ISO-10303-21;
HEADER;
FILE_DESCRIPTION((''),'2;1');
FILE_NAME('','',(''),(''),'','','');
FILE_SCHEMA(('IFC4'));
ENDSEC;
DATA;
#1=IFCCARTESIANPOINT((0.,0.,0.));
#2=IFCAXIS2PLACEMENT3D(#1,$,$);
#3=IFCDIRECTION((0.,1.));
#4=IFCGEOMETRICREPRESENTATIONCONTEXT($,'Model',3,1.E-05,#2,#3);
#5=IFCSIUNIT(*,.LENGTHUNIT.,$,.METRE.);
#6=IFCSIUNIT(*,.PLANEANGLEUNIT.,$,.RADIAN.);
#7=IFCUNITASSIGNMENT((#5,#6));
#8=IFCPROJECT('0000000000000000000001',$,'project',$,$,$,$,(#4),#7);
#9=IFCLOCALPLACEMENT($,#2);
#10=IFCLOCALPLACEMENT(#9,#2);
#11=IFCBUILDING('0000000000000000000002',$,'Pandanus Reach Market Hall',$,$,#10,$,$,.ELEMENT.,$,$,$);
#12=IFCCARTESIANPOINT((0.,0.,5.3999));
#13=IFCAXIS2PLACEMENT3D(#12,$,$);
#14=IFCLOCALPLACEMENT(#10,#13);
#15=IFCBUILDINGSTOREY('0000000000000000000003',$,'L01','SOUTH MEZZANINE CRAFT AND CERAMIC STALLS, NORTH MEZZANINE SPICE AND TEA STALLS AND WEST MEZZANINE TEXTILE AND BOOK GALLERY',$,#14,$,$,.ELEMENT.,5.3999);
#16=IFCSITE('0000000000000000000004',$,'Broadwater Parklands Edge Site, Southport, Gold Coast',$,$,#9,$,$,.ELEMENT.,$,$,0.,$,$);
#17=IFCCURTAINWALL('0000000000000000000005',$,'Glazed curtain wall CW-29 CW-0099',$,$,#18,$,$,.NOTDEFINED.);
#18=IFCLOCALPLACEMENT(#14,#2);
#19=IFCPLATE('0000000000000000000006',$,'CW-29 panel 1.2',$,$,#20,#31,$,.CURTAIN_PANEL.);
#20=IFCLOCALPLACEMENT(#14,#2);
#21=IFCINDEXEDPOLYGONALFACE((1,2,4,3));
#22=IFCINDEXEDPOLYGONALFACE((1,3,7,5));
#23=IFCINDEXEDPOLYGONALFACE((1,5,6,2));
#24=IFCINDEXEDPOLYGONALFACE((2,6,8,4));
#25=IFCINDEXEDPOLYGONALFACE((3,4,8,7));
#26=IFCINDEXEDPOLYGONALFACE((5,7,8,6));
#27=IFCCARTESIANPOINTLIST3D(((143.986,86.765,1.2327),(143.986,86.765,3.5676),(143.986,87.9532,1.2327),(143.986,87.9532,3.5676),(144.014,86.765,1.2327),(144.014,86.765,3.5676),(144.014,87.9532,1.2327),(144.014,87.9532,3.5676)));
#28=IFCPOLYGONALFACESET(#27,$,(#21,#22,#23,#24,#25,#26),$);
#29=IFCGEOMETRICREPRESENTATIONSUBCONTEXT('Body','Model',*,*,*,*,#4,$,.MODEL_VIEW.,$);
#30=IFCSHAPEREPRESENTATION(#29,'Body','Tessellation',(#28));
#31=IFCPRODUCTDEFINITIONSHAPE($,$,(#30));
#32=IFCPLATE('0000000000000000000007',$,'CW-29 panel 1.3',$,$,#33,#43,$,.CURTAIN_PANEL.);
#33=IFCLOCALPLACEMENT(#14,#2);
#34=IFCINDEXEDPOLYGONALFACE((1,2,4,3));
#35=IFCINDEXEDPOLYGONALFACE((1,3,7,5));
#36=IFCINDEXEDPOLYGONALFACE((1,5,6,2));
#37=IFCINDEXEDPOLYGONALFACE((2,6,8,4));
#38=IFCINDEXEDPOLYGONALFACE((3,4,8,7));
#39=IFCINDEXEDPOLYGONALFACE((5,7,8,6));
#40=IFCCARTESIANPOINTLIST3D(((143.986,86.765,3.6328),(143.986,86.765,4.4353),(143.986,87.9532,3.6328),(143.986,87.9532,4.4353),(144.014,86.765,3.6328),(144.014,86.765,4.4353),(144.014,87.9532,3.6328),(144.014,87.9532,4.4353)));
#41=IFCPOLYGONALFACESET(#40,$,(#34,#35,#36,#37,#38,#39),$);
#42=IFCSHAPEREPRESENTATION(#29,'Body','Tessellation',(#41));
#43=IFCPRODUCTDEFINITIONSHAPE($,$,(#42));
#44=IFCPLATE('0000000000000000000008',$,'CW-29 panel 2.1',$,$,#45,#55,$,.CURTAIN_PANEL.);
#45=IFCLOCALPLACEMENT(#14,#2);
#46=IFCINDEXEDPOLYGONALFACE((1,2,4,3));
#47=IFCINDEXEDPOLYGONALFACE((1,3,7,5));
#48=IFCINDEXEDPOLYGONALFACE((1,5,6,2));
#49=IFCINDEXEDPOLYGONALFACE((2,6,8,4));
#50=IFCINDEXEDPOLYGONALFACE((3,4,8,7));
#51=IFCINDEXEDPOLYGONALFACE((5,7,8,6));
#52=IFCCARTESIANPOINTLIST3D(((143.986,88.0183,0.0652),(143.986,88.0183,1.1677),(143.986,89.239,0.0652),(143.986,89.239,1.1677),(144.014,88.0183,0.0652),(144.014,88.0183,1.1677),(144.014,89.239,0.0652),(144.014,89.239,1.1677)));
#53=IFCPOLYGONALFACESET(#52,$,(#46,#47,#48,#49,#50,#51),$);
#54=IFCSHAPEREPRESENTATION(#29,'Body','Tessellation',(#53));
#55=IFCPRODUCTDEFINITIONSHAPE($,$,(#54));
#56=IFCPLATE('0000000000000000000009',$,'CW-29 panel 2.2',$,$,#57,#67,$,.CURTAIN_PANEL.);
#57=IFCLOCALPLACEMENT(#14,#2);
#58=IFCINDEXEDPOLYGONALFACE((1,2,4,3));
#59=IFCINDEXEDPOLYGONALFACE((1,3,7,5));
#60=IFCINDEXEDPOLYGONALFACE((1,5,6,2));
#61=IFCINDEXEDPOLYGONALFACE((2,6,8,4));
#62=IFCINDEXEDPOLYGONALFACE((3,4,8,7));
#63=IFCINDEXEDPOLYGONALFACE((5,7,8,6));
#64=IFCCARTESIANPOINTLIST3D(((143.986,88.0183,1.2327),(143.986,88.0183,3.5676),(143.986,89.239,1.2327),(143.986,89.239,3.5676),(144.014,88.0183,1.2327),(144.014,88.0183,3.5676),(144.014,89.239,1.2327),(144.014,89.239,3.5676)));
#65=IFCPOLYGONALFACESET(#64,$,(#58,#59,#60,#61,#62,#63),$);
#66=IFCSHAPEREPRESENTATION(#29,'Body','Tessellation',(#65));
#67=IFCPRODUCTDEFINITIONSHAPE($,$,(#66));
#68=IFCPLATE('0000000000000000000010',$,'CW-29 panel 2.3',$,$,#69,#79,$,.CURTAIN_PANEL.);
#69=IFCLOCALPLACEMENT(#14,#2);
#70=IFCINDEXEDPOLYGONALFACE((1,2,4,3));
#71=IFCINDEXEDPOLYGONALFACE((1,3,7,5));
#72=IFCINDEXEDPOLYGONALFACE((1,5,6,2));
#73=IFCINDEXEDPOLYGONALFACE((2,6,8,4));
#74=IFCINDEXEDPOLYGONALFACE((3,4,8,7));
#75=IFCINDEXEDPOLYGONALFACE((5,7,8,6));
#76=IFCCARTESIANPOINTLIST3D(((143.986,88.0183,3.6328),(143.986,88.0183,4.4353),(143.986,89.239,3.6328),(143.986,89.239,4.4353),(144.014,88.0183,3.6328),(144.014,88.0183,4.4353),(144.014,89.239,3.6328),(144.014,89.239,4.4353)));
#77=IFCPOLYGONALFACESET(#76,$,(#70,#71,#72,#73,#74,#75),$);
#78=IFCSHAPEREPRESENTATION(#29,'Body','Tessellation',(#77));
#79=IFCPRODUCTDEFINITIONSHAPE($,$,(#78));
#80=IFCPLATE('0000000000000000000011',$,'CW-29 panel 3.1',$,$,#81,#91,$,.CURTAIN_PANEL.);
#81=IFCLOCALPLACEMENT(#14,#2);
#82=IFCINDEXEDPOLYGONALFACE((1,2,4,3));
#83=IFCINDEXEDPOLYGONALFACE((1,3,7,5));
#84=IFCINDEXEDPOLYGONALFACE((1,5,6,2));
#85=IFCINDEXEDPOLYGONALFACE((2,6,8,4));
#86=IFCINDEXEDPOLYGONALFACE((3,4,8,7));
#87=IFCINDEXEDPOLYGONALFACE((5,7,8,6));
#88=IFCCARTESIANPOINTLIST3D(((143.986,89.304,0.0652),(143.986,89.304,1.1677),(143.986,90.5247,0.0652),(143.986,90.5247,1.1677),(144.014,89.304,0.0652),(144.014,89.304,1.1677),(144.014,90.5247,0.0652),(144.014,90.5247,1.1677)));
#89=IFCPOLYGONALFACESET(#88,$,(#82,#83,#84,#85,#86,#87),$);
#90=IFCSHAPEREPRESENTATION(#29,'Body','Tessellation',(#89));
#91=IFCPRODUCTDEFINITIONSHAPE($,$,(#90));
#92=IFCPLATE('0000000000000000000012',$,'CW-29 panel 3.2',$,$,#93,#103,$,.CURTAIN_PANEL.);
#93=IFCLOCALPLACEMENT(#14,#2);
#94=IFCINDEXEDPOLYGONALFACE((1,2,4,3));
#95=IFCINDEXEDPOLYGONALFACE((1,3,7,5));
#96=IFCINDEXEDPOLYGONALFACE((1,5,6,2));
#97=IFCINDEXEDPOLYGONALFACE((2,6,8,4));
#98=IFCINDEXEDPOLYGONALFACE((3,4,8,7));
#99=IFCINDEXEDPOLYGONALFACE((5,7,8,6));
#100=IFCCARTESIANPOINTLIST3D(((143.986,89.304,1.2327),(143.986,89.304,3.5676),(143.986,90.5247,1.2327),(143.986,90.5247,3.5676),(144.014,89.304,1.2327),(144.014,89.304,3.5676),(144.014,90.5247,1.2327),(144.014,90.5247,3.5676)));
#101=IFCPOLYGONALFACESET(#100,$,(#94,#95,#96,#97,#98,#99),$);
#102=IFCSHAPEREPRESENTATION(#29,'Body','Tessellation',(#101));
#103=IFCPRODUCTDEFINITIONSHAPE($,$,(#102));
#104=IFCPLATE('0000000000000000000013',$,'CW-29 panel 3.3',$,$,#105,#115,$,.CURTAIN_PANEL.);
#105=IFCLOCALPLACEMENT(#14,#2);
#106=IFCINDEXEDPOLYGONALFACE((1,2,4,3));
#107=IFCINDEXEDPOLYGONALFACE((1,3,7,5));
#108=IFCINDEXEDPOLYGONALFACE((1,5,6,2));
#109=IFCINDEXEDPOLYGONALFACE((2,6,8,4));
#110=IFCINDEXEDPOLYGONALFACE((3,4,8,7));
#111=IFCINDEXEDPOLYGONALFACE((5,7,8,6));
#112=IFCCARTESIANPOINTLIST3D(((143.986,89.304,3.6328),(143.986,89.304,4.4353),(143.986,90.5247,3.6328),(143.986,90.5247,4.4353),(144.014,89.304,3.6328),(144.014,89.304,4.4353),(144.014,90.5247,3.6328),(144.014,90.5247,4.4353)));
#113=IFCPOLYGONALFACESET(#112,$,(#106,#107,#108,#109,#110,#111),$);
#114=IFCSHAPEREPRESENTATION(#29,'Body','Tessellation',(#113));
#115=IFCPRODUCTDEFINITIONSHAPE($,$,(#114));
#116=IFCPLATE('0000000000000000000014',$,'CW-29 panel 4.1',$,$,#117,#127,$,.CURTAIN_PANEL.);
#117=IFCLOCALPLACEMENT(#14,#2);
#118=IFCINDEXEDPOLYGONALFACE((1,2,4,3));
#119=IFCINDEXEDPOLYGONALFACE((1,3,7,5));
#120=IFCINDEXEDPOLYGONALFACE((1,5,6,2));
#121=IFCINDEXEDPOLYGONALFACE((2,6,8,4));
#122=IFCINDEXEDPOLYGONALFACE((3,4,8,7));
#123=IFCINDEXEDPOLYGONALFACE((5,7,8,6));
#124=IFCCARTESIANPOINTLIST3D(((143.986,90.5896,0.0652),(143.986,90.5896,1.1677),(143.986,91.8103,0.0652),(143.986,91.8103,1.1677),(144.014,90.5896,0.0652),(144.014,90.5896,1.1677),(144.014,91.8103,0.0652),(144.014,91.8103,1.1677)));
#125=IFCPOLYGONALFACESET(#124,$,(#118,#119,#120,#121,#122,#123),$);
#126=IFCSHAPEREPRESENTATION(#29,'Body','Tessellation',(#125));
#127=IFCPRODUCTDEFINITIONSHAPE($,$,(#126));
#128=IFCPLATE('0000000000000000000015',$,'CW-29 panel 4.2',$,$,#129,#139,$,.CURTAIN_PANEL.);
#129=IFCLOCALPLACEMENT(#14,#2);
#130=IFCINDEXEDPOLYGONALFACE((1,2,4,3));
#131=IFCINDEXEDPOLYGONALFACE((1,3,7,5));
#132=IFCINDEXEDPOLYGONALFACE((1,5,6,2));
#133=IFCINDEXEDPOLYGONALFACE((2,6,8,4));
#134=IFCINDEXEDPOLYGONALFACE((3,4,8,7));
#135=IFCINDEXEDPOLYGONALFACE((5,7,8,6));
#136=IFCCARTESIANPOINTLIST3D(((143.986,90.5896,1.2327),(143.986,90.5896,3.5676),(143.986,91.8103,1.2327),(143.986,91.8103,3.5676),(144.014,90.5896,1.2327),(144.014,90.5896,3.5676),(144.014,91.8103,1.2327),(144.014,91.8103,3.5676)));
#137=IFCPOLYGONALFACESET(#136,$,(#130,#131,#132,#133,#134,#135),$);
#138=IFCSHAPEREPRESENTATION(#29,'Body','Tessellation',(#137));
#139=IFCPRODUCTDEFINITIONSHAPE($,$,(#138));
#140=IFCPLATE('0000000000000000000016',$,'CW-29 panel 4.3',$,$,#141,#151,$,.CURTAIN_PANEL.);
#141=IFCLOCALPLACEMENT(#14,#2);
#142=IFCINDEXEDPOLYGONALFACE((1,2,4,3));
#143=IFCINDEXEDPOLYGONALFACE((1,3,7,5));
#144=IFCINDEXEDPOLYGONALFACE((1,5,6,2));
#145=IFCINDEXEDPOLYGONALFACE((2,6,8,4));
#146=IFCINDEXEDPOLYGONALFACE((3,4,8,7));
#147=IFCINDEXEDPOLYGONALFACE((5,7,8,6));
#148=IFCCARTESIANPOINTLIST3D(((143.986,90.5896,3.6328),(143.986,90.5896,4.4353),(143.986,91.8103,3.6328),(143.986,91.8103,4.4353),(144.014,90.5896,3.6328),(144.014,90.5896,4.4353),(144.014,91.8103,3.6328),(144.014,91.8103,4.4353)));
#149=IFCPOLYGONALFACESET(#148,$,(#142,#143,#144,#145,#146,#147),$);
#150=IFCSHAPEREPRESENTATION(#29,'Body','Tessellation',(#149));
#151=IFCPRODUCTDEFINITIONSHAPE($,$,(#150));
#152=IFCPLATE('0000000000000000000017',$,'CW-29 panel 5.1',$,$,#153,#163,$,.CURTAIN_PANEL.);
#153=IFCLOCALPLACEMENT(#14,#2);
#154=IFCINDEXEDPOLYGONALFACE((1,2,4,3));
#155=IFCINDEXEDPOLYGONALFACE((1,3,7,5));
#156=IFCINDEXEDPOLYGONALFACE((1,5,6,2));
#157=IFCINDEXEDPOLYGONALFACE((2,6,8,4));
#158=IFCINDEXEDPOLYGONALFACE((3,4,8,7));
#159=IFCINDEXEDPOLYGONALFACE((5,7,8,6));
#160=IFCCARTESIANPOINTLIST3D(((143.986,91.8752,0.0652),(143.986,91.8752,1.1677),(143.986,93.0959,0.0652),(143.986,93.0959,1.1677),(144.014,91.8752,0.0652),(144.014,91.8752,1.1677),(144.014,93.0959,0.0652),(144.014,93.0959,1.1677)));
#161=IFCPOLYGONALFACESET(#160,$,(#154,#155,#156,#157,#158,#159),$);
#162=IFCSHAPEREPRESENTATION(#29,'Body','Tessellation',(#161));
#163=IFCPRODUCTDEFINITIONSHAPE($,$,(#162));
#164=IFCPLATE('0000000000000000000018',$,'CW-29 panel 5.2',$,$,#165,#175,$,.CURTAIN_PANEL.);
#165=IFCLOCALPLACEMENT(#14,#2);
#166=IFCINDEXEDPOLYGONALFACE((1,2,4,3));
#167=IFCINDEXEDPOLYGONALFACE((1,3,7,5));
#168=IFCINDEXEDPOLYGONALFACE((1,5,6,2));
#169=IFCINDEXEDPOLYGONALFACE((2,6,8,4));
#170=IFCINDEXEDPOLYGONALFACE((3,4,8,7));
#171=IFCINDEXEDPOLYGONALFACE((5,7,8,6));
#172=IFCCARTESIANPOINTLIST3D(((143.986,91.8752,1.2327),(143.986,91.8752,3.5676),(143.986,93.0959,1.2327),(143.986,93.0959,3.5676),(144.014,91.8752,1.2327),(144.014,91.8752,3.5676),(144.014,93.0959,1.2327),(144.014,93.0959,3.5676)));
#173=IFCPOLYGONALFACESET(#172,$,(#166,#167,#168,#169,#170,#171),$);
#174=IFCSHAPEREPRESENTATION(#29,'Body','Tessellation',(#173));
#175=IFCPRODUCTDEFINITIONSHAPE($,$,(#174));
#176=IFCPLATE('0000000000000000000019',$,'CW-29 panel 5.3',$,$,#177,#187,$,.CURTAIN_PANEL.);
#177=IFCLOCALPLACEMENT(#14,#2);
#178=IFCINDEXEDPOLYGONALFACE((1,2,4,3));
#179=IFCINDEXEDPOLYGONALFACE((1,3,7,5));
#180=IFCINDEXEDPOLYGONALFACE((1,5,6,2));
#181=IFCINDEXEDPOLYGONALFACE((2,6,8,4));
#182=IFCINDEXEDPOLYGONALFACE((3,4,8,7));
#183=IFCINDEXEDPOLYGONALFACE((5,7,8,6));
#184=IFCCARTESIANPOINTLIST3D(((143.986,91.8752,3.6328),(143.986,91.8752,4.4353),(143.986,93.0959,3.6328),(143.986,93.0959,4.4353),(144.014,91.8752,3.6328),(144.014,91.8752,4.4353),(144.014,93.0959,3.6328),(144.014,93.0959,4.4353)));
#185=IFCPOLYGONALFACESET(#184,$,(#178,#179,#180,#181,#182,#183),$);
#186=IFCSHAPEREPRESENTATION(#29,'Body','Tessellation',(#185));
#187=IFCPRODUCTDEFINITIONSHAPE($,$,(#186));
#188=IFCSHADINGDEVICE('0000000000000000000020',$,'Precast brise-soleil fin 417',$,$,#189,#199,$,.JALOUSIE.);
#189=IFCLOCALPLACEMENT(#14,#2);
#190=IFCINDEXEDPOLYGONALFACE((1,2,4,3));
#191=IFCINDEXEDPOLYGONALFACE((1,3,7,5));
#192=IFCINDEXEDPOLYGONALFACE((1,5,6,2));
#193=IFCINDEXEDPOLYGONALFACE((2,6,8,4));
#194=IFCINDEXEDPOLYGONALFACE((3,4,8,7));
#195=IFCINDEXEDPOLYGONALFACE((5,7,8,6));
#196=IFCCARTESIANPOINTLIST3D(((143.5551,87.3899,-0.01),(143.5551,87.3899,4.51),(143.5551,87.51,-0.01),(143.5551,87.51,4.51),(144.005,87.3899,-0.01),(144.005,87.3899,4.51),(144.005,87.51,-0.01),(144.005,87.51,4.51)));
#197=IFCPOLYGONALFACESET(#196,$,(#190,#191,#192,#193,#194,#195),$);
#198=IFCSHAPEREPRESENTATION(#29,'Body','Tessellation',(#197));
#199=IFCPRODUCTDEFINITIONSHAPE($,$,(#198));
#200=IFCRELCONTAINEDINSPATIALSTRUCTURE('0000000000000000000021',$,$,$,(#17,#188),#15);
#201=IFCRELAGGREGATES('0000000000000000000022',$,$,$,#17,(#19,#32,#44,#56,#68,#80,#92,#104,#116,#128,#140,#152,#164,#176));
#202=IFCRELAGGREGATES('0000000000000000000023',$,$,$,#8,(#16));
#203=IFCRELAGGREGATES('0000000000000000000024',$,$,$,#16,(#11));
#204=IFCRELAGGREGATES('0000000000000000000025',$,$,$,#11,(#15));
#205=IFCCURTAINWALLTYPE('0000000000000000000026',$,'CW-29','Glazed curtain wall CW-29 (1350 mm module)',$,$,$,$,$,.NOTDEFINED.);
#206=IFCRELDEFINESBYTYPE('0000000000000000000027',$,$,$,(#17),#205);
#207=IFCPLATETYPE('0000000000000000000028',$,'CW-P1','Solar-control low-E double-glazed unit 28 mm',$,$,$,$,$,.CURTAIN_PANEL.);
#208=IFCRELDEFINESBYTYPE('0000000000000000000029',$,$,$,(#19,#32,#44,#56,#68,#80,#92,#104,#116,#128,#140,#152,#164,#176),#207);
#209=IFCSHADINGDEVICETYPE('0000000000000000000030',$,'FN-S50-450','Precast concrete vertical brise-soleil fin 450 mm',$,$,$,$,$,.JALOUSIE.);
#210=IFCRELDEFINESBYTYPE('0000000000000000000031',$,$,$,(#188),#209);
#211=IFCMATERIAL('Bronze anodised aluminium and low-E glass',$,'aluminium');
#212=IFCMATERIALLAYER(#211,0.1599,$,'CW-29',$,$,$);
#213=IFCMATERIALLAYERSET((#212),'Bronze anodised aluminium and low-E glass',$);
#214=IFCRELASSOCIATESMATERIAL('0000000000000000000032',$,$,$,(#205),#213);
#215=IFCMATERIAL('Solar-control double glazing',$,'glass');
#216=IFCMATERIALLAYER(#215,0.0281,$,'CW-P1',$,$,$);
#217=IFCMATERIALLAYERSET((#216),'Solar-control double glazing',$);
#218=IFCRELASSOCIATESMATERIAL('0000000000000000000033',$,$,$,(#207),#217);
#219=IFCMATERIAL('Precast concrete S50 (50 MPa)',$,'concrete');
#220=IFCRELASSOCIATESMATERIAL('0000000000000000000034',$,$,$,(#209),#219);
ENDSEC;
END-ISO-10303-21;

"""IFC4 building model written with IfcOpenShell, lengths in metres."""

from ifc_helpers import new_model, si_unit, direction, frame, origin, origin_2d, place, context, subcontext, project, spatial, rectangle, extrude, material, layer, layer_set, type_object, element, aggregate, save


model = new_model("IFC4")

# Units and contexts
model_context = context("Model", 3, precision=1e-05, world=origin(), true_north=direction((0.0, 1.0)))
body_context = subcontext(model_context, "Body", "Model", "MODEL_VIEW")
ifc_project = project(units=[si_unit("LENGTHUNIT", "METRE"), si_unit("PLANEANGLEUNIT", "RADIAN")], contexts=[model_context])

# Site, building, storey
site_placement = place(None, origin())
site = spatial("IfcSite", under=ifc_project, at=site_placement, Name="Broadwater Parklands Edge Site, Southport, Gold Coast", CompositionType="ELEMENT", RefElevation=0.0)
building_placement = place(site_placement, origin())
building = spatial("IfcBuilding", under=site, at=building_placement, Name="Pandanus Reach Market Hall", CompositionType="ELEMENT")
storey_placement = place(building_placement, frame((0.0, 0.0, 5.3999)))
storey = spatial("IfcBuildingStorey", under=building, at=storey_placement, Name="L01", Description="SOUTH MEZZANINE CRAFT AND CERAMIC STALLS, NORTH MEZZANINE SPICE AND TEA STALLS AND WEST MEZZANINE TEXTILE AND BOOK GALLERY", CompositionType="ELEMENT", Elevation=5.3999)

# Curtain wall, plates
ifc_material_1 = material(Name="Bronze anodised aluminium and low-E glass", Category="aluminium")
ifc_layer_1 = layer(ifc_material_1, 0.1599, Name="CW-29")
ifc_layer_set_1 = layer_set([ifc_layer_1], Name="Bronze anodised aluminium and low-E glass")
curtain_wall_type = type_object("IfcCurtainWallType", Name="CW-29", Description="Glazed curtain wall CW-29 (1350 mm module)", PredefinedType="NOTDEFINED", material=ifc_layer_set_1)
curtain_wall_placement = place(storey_placement, origin())
curtain_wall = element("IfcCurtainWall", 1, at=curtain_wall_placement, inside=storey, type_object=curtain_wall_type, Name="Glazed curtain wall CW-29 CW-0099", PredefinedType="NOTDEFINED")
ifc_material_2 = material(Name="Solar-control double glazing", Category="glass")
ifc_layer_2 = layer(ifc_material_2, 0.0281, Name="CW-P1")
ifc_layer_set_2 = layer_set([ifc_layer_2], Name="Solar-control double glazing")
plate_type = type_object("IfcPlateType", Name="CW-P1", Description="Solar-control low-E double-glazed unit 28 mm", PredefinedType="CURTAIN_PANEL", material=ifc_layer_set_2)
plate_1_placement = place(storey_placement, frame((144.0, 87.3591, 1.2327), z_axis=(0.0, 0.0, 1.0), x_axis=(0.0, 1.0, 0.0)))
plate_1 = element("IfcPlate", 2, at=plate_1_placement, type_object=plate_type, Name="CW-29 panel 1.2", PredefinedType="CURTAIN_PANEL", context=body_context, shape_type="SweptSolid", body=[
    extrude(rectangle(XDim=1.1882, YDim=0.0281, at=origin_2d()), origin(), (0.0, 0.0, 1.0), 2.335),
])
plate_2_placement = place(storey_placement, frame((144.0, 87.3591, 3.6328), z_axis=(0.0, 0.0, 1.0), x_axis=(0.0, 1.0, 0.0)))
plate_2 = element("IfcPlate", 3, at=plate_2_placement, type_object=plate_type, Name="CW-29 panel 1.3", PredefinedType="CURTAIN_PANEL", context=body_context, shape_type="SweptSolid", body=[
    extrude(rectangle(XDim=1.1882, YDim=0.0281, at=origin_2d()), origin(), (0.0, 0.0, 1.0), 0.8025),
])
plate_3_placement = place(storey_placement, frame((144.0, 88.6287, 0.0652), z_axis=(0.0, 0.0, 1.0), x_axis=(0.0, 1.0, 0.0)))
plate_3 = element("IfcPlate", 4, at=plate_3_placement, type_object=plate_type, Name="CW-29 panel 2.1", PredefinedType="CURTAIN_PANEL", context=body_context, shape_type="SweptSolid", body=[
    extrude(rectangle(XDim=1.2207, YDim=0.0281, at=origin_2d()), origin(), (0.0, 0.0, 1.0), 1.1025),
])
plate_4_placement = place(storey_placement, frame((144.0, 88.6287, 1.2327), z_axis=(0.0, 0.0, 1.0), x_axis=(0.0, 1.0, 0.0)))
plate_4 = element("IfcPlate", 5, at=plate_4_placement, type_object=plate_type, Name="CW-29 panel 2.2", PredefinedType="CURTAIN_PANEL", context=body_context, shape_type="SweptSolid", body=[
    extrude(rectangle(XDim=1.2207, YDim=0.0281, at=origin_2d()), origin(), (0.0, 0.0, 1.0), 2.335),
])
plate_5_placement = place(storey_placement, frame((144.0, 88.6287, 3.6328), z_axis=(0.0, 0.0, 1.0), x_axis=(0.0, 1.0, 0.0)))
plate_5 = element("IfcPlate", 6, at=plate_5_placement, type_object=plate_type, Name="CW-29 panel 2.3", PredefinedType="CURTAIN_PANEL", context=body_context, shape_type="SweptSolid", body=[
    extrude(rectangle(XDim=1.2207, YDim=0.0281, at=origin_2d()), origin(), (0.0, 0.0, 1.0), 0.8025),
])
plate_6_placement = place(storey_placement, frame((144.0, 89.9143, 0.0652), z_axis=(0.0, 0.0, 1.0), x_axis=(0.0, 1.0, 0.0)))
plate_6 = element("IfcPlate", 7, at=plate_6_placement, type_object=plate_type, Name="CW-29 panel 3.1", PredefinedType="CURTAIN_PANEL", context=body_context, shape_type="SweptSolid", body=[
    extrude(rectangle(XDim=1.2207, YDim=0.0281, at=origin_2d()), origin(), (0.0, 0.0, 1.0), 1.1025),
])
plate_7_placement = place(storey_placement, frame((144.0, 89.9143, 1.2327), z_axis=(0.0, 0.0, 1.0), x_axis=(0.0, 1.0, 0.0)))
plate_7 = element("IfcPlate", 8, at=plate_7_placement, type_object=plate_type, Name="CW-29 panel 3.2", PredefinedType="CURTAIN_PANEL", context=body_context, shape_type="SweptSolid", body=[
    extrude(rectangle(XDim=1.2207, YDim=0.0281, at=origin_2d()), origin(), (0.0, 0.0, 1.0), 2.335),
])
plate_8_placement = place(storey_placement, frame((144.0, 89.9143, 3.6328), z_axis=(0.0, 0.0, 1.0), x_axis=(0.0, 1.0, 0.0)))
plate_8 = element("IfcPlate", 9, at=plate_8_placement, type_object=plate_type, Name="CW-29 panel 3.3", PredefinedType="CURTAIN_PANEL", context=body_context, shape_type="SweptSolid", body=[
    extrude(rectangle(XDim=1.2207, YDim=0.0281, at=origin_2d()), origin(), (0.0, 0.0, 1.0), 0.8025),
])
plate_9_placement = place(storey_placement, frame((144.0, 91.2, 0.0652), z_axis=(0.0, 0.0, 1.0), x_axis=(0.0, 1.0, 0.0)))
plate_9 = element("IfcPlate", 10, at=plate_9_placement, type_object=plate_type, Name="CW-29 panel 4.1", PredefinedType="CURTAIN_PANEL", context=body_context, shape_type="SweptSolid", body=[
    extrude(rectangle(XDim=1.2207, YDim=0.0281, at=origin_2d()), origin(), (0.0, 0.0, 1.0), 1.1025),
])
plate_10_placement = place(storey_placement, frame((144.0, 91.2, 1.2327), z_axis=(0.0, 0.0, 1.0), x_axis=(0.0, 1.0, 0.0)))
plate_10 = element("IfcPlate", 11, at=plate_10_placement, type_object=plate_type, Name="CW-29 panel 4.2", PredefinedType="CURTAIN_PANEL", context=body_context, shape_type="SweptSolid", body=[
    extrude(rectangle(XDim=1.2207, YDim=0.0281, at=origin_2d()), origin(), (0.0, 0.0, 1.0), 2.335),
])
plate_11_placement = place(storey_placement, frame((144.0, 91.2, 3.6328), z_axis=(0.0, 0.0, 1.0), x_axis=(0.0, 1.0, 0.0)))
plate_11 = element("IfcPlate", 12, at=plate_11_placement, type_object=plate_type, Name="CW-29 panel 4.3", PredefinedType="CURTAIN_PANEL", context=body_context, shape_type="SweptSolid", body=[
    extrude(rectangle(XDim=1.2207, YDim=0.0281, at=origin_2d()), origin(), (0.0, 0.0, 1.0), 0.8025),
])
plate_12_placement = place(storey_placement, frame((144.0, 92.4856, 0.0652), z_axis=(0.0, 0.0, 1.0), x_axis=(0.0, 1.0, 0.0)))
plate_12 = element("IfcPlate", 13, at=plate_12_placement, type_object=plate_type, Name="CW-29 panel 5.1", PredefinedType="CURTAIN_PANEL", context=body_context, shape_type="SweptSolid", body=[
    extrude(rectangle(XDim=1.2207, YDim=0.0281, at=origin_2d()), origin(), (0.0, 0.0, 1.0), 1.1025),
])
plate_13_placement = place(storey_placement, frame((144.0, 92.4856, 1.2327), z_axis=(0.0, 0.0, 1.0), x_axis=(0.0, 1.0, 0.0)))
plate_13 = element("IfcPlate", 14, at=plate_13_placement, type_object=plate_type, Name="CW-29 panel 5.2", PredefinedType="CURTAIN_PANEL", context=body_context, shape_type="SweptSolid", body=[
    extrude(rectangle(XDim=1.2207, YDim=0.0281, at=origin_2d()), origin(), (0.0, 0.0, 1.0), 2.335),
])
plate_14_placement = place(storey_placement, frame((144.0, 92.4856, 3.6328), z_axis=(0.0, 0.0, 1.0), x_axis=(0.0, 1.0, 0.0)))
plate_14 = element("IfcPlate", 15, at=plate_14_placement, type_object=plate_type, Name="CW-29 panel 5.3", PredefinedType="CURTAIN_PANEL", context=body_context, shape_type="SweptSolid", body=[
    extrude(rectangle(XDim=1.2207, YDim=0.0281, at=origin_2d()), origin(), (0.0, 0.0, 1.0), 0.8025),
])
aggregate(curtain_wall, [plate_1, plate_2, plate_3, plate_4, plate_5, plate_6, plate_7, plate_8, plate_9, plate_10, plate_11, plate_12, plate_13, plate_14])

# Shading device
ifc_material_3 = material(Name="Precast concrete S50 (50 MPa)", Category="concrete")
shading_device_type = type_object("IfcShadingDeviceType", Name="FN-S50-450", Description="Precast concrete vertical brise-soleil fin 450 mm", PredefinedType="JALOUSIE", material=ifc_material_3)
for number, where, z_axis, x_axis, name in (
    (16, (143.78, 87.45, -0.01), (0.0, 0.0, 1.0), (-1.0, 0.0, 0.0), "Precast brise-soleil fin 417"),
):
    element("IfcShadingDevice", number, at=place(storey_placement, frame(where, z_axis=z_axis, x_axis=x_axis)), inside=storey, type_object=shading_device_type, Name=name, PredefinedType="JALOUSIE", context=body_context, shape_type="SweptSolid", body=[
        extrude(rectangle(XDim=0.45, YDim=0.1201, at=origin_2d()), origin(), (0.0, 0.0, 1.0), 4.52),
    ])

save(model, "model.ifc")
